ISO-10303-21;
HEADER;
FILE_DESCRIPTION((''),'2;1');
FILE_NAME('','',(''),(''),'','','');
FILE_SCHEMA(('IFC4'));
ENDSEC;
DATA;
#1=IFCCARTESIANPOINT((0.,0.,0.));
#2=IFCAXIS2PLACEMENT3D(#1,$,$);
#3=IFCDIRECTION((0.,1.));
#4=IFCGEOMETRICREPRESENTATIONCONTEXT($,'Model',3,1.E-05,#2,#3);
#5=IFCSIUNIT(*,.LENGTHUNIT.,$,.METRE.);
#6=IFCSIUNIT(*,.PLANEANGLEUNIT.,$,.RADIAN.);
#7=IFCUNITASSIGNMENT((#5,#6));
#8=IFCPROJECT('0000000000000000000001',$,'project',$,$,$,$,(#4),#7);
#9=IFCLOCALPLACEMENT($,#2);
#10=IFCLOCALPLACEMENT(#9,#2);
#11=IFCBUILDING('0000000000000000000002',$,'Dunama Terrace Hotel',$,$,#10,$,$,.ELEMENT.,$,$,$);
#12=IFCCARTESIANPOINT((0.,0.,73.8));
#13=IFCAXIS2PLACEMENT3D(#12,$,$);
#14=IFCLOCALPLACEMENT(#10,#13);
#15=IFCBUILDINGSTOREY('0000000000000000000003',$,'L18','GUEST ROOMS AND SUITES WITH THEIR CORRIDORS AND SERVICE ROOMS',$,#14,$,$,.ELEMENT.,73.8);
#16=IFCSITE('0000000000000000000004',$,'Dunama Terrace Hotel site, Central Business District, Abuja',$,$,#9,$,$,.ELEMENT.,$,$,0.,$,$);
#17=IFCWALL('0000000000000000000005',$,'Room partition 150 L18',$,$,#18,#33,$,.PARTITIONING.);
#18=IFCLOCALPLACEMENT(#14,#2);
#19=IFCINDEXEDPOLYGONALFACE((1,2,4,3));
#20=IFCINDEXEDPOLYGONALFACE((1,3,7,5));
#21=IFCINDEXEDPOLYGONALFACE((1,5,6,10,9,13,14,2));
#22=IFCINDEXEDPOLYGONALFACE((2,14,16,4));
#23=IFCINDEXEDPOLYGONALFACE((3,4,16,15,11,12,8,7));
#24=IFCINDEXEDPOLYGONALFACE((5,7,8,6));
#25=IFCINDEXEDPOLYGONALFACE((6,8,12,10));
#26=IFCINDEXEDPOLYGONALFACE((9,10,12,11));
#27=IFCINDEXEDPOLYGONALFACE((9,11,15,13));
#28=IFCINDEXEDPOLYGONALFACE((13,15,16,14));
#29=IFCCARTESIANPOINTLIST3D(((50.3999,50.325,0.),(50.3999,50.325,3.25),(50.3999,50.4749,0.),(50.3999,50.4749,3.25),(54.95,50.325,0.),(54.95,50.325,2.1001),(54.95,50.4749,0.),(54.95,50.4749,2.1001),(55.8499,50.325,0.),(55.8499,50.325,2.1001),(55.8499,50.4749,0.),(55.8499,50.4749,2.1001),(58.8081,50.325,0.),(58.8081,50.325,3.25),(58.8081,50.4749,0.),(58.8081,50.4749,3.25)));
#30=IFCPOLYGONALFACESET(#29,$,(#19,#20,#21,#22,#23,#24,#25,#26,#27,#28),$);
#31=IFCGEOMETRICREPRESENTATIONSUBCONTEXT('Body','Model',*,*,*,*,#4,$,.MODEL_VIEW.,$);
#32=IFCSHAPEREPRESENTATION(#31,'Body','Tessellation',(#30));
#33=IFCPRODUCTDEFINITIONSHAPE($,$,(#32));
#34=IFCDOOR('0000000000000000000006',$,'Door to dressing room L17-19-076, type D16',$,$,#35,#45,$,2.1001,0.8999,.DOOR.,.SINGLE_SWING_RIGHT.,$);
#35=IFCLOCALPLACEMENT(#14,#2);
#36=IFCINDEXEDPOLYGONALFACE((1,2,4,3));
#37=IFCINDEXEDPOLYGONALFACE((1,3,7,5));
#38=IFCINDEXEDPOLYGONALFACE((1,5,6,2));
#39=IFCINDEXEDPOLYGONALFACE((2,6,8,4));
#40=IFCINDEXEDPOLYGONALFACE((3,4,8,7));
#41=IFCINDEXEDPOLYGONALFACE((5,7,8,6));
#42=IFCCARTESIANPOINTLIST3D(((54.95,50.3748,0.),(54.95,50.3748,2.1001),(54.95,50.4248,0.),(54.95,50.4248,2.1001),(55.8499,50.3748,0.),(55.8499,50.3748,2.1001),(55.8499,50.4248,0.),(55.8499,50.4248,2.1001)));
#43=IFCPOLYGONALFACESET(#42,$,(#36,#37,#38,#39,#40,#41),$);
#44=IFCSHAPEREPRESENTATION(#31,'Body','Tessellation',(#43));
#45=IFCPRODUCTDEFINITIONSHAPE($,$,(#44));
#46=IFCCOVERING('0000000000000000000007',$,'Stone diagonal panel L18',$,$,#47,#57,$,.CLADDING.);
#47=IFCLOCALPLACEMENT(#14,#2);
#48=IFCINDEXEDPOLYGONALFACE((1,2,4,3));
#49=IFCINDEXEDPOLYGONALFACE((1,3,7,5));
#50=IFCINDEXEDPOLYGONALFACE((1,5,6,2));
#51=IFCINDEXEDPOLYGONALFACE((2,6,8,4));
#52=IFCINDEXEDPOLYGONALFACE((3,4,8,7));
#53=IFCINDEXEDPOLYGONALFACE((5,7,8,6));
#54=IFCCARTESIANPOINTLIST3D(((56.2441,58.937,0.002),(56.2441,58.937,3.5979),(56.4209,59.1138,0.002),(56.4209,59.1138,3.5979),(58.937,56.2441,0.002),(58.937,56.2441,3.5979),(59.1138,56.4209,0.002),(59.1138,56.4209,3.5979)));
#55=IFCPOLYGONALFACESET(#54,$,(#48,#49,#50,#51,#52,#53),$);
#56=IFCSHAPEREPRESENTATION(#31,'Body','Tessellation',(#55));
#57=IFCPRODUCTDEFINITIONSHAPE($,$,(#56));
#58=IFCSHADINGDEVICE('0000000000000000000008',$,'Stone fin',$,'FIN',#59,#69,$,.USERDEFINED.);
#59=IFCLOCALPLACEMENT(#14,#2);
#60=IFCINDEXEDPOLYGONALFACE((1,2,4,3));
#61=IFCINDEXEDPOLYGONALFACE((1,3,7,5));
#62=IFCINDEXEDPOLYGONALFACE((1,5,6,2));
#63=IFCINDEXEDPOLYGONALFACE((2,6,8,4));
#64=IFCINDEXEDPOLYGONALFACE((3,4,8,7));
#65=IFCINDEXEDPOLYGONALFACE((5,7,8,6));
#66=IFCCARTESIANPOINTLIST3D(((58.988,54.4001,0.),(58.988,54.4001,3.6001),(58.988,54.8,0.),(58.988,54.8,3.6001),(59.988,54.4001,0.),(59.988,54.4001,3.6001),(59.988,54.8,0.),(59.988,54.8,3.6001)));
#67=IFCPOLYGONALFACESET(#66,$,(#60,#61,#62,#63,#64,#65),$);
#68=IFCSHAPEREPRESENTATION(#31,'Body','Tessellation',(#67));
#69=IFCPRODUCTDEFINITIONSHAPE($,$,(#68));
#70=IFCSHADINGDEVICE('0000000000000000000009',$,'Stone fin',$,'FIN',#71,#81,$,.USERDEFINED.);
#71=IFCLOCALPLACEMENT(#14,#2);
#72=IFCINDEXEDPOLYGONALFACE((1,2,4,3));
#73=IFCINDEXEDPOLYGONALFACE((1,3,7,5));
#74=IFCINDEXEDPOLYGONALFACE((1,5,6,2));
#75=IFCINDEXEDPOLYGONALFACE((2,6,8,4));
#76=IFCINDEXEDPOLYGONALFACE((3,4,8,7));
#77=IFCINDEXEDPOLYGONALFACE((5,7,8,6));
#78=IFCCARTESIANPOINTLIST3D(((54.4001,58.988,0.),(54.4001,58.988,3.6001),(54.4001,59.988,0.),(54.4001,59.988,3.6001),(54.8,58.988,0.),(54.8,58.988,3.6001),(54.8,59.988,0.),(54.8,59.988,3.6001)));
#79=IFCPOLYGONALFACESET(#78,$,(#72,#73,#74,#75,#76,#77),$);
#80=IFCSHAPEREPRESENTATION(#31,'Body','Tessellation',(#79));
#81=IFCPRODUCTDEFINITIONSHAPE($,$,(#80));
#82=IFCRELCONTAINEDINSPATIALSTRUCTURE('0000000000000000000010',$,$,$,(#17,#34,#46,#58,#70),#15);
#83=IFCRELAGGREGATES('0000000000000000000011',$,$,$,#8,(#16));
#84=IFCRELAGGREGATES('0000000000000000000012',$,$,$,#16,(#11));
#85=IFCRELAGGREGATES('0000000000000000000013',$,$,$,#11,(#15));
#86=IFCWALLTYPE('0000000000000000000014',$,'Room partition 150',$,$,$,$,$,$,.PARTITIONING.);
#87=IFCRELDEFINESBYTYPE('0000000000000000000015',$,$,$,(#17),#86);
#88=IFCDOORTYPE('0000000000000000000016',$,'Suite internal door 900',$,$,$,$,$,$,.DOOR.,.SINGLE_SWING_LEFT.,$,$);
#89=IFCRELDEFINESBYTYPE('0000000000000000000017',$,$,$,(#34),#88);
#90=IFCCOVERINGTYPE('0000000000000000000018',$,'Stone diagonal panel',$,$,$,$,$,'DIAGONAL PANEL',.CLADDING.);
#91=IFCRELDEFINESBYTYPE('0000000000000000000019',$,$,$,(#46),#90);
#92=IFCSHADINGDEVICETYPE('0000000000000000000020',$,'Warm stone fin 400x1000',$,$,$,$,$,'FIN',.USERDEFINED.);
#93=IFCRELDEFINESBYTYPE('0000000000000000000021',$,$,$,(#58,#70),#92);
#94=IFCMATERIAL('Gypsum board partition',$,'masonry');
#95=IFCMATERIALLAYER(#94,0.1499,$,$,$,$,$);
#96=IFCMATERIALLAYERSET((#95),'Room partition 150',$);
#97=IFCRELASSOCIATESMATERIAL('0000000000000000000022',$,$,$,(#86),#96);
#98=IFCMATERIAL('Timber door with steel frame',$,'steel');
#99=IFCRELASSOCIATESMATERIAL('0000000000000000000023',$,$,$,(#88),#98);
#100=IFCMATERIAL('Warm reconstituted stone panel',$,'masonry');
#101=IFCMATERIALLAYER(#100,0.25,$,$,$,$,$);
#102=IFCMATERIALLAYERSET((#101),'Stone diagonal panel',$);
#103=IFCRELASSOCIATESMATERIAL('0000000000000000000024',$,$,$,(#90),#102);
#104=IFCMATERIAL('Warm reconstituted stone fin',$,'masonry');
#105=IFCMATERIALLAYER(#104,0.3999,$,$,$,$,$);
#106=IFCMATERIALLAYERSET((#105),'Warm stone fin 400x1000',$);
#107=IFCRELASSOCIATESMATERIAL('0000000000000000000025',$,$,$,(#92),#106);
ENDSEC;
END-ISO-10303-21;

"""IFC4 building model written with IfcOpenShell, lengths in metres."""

from ifc_helpers import new_model, si_unit, direction, frame, frame_2d, origin, origin_2d, place, context, subcontext, project, spatial, rectangle, extrude, material, layer, layer_set, type_object, element, fill, save


model = new_model("IFC4")

# Units and contexts
model_context = context("Model", 3, precision=1e-05, world=origin(), true_north=direction((0.0, 1.0)))
body_context = subcontext(model_context, "Body", "Model", "MODEL_VIEW")
ifc_project = project(units=[si_unit("LENGTHUNIT", "METRE"), si_unit("PLANEANGLEUNIT", "RADIAN")], contexts=[model_context])

# Site, building, storey
site_placement = place(None, origin())
site = spatial("IfcSite", under=ifc_project, at=site_placement, Name="Dunama Terrace Hotel site, Central Business District, Abuja", CompositionType="ELEMENT", RefElevation=0.0)
building_placement = place(site_placement, origin())
building = spatial("IfcBuilding", under=site, at=building_placement, Name="Dunama Terrace Hotel", CompositionType="ELEMENT")
storey_placement = place(building_placement, frame((0.0, 0.0, 73.8)))
storey = spatial("IfcBuildingStorey", under=building, at=storey_placement, Name="L18", Description="GUEST ROOMS AND SUITES WITH THEIR CORRIDORS AND SERVICE ROOMS", CompositionType="ELEMENT", Elevation=73.8)

# Shared definitions
ifc_material_1 = material(Name="Gypsum board partition", Category="masonry")
ifc_layer_1 = layer(ifc_material_1, 0.1499)
ifc_layer_set_1 = layer_set([ifc_layer_1], Name="Room partition 150")
wall_type_1 = type_object("IfcWallType", Name="Room partition 150", PredefinedType="PARTITIONING", material=ifc_layer_set_1)

# Wall, opening, door
wall_1_placement = place(storey_placement, frame((50.3999, 50.3999, 0.0), z_axis=(0.0, 0.0, 1.0), x_axis=(1.0, 0.0, 0.0)))
wall_1 = element("IfcWall", 1, at=wall_1_placement, inside=storey, type_object=wall_type_1, Name="Room partition 150 L18", PredefinedType="PARTITIONING", context=body_context, shape_type="SweptSolid", body=[
    extrude(rectangle(XDim=8.4082, YDim=0.1499, at=frame_2d((4.2041, 0.0))), origin(), (0.0, 0.0, 1.0), 3.25),
])
opening_1_placement = place(wall_1_placement, frame((4.55, 0.0, 0.0)))
opening_1 = element("IfcOpeningElement", 2, at=opening_1_placement, cuts=wall_1, PredefinedType="OPENING", context=body_context, shape_type="SweptSolid", body=[
    extrude(rectangle(XDim=0.8999, YDim=2.1001, at=frame_2d((0.45, 1.05))), frame((0.0, 0.085, 0.0), z_axis=(0.0, -1.0, 0.0), x_axis=(1.0, 0.0, 0.0)), (0.0, 0.0, 1.0), 0.1699),
])
ifc_material_2 = material(Name="Timber door with steel frame", Category="steel")
door_type_1 = type_object("IfcDoorType", Name="Suite internal door 900", OperationType="SINGLE_SWING_LEFT", PredefinedType="DOOR", material=ifc_material_2)
door_1_placement = place(opening_1_placement, frame((0.8999, 0.0, 0.0), z_axis=(0.0, 0.0, 1.0), x_axis=(-1.0, 0.0, 0.0)))
door_1 = element("IfcDoor", 3, at=door_1_placement, inside=storey, type_object=door_type_1, Name="Door to dressing room L17-19-076, type D16", OperationType="SINGLE_SWING_RIGHT", OverallHeight=2.1001, OverallWidth=0.8999, PredefinedType="DOOR", context=body_context, shape_type="SweptSolid", body=[
    extrude(rectangle(XDim=0.8999, YDim=2.1001, at=frame_2d((0.45, 1.05))), frame((0.0, 0.0251, 0.0), z_axis=(0.0, -1.0, 0.0), x_axis=(1.0, 0.0, 0.0)), (0.0, 0.0, 1.0), 0.05),
])
fill(opening_1, door_1)

# Covering
ifc_material_3 = material(Name="Warm reconstituted stone panel", Category="masonry")
ifc_layer_2 = layer(ifc_material_3, 0.25)
ifc_layer_set_2 = layer_set([ifc_layer_2], Name="Stone diagonal panel")
covering_type = type_object("IfcCoveringType", Name="Stone diagonal panel", ElementType="DIAGONAL PANEL", PredefinedType="CLADDING", material=ifc_layer_set_2)
covering_placement = place(storey_placement, frame((57.679, 57.679, 0.002), z_axis=(0.0, 0.0, 1.0), x_axis=(-0.707107, 0.707107, 0.0)))
element("IfcCovering", 4, at=covering_placement, inside=storey, type_object=covering_type, Name="Stone diagonal panel L18", PredefinedType="CLADDING", context=body_context, shape_type="SweptSolid", body=[
    extrude(rectangle(XDim=3.8083, YDim=0.25, at=origin_2d()), origin(), (0.0, 0.0, 1.0), 3.5959),
])

# Shading devices
ifc_material_4 = material(Name="Warm reconstituted stone fin", Category="masonry")
ifc_layer_3 = layer(ifc_material_4, 0.3999)
ifc_layer_set_3 = layer_set([ifc_layer_3], Name="Warm stone fin 400x1000")
shading_device_type = type_object("IfcShadingDeviceType", Name="Warm stone fin 400x1000", ElementType="FIN", PredefinedType="USERDEFINED", material=ifc_layer_set_3)
for number, where, z_axis, x_axis, name in (
    (5, (59.488, 54.6001, 0.0), (0.0, 0.0, 1.0), (0.0, 1.0, 0.0), "Stone fin"),
    (6, (54.6001, 59.488, 0.0), (0.0, 0.0, 1.0), (-1.0, 0.0, 0.0), "Stone fin"),
):
    element("IfcShadingDevice", number, at=place(storey_placement, frame(where, z_axis=z_axis, x_axis=x_axis)), inside=storey, type_object=shading_device_type, Name=name, ObjectType="FIN", PredefinedType="USERDEFINED", context=body_context, shape_type="SweptSolid", body=[
        extrude(rectangle(XDim=0.3999, YDim=1.0, at=origin_2d()), origin(), (0.0, 0.0, 1.0), 3.6001),
    ])

save(model, "model.ifc")
